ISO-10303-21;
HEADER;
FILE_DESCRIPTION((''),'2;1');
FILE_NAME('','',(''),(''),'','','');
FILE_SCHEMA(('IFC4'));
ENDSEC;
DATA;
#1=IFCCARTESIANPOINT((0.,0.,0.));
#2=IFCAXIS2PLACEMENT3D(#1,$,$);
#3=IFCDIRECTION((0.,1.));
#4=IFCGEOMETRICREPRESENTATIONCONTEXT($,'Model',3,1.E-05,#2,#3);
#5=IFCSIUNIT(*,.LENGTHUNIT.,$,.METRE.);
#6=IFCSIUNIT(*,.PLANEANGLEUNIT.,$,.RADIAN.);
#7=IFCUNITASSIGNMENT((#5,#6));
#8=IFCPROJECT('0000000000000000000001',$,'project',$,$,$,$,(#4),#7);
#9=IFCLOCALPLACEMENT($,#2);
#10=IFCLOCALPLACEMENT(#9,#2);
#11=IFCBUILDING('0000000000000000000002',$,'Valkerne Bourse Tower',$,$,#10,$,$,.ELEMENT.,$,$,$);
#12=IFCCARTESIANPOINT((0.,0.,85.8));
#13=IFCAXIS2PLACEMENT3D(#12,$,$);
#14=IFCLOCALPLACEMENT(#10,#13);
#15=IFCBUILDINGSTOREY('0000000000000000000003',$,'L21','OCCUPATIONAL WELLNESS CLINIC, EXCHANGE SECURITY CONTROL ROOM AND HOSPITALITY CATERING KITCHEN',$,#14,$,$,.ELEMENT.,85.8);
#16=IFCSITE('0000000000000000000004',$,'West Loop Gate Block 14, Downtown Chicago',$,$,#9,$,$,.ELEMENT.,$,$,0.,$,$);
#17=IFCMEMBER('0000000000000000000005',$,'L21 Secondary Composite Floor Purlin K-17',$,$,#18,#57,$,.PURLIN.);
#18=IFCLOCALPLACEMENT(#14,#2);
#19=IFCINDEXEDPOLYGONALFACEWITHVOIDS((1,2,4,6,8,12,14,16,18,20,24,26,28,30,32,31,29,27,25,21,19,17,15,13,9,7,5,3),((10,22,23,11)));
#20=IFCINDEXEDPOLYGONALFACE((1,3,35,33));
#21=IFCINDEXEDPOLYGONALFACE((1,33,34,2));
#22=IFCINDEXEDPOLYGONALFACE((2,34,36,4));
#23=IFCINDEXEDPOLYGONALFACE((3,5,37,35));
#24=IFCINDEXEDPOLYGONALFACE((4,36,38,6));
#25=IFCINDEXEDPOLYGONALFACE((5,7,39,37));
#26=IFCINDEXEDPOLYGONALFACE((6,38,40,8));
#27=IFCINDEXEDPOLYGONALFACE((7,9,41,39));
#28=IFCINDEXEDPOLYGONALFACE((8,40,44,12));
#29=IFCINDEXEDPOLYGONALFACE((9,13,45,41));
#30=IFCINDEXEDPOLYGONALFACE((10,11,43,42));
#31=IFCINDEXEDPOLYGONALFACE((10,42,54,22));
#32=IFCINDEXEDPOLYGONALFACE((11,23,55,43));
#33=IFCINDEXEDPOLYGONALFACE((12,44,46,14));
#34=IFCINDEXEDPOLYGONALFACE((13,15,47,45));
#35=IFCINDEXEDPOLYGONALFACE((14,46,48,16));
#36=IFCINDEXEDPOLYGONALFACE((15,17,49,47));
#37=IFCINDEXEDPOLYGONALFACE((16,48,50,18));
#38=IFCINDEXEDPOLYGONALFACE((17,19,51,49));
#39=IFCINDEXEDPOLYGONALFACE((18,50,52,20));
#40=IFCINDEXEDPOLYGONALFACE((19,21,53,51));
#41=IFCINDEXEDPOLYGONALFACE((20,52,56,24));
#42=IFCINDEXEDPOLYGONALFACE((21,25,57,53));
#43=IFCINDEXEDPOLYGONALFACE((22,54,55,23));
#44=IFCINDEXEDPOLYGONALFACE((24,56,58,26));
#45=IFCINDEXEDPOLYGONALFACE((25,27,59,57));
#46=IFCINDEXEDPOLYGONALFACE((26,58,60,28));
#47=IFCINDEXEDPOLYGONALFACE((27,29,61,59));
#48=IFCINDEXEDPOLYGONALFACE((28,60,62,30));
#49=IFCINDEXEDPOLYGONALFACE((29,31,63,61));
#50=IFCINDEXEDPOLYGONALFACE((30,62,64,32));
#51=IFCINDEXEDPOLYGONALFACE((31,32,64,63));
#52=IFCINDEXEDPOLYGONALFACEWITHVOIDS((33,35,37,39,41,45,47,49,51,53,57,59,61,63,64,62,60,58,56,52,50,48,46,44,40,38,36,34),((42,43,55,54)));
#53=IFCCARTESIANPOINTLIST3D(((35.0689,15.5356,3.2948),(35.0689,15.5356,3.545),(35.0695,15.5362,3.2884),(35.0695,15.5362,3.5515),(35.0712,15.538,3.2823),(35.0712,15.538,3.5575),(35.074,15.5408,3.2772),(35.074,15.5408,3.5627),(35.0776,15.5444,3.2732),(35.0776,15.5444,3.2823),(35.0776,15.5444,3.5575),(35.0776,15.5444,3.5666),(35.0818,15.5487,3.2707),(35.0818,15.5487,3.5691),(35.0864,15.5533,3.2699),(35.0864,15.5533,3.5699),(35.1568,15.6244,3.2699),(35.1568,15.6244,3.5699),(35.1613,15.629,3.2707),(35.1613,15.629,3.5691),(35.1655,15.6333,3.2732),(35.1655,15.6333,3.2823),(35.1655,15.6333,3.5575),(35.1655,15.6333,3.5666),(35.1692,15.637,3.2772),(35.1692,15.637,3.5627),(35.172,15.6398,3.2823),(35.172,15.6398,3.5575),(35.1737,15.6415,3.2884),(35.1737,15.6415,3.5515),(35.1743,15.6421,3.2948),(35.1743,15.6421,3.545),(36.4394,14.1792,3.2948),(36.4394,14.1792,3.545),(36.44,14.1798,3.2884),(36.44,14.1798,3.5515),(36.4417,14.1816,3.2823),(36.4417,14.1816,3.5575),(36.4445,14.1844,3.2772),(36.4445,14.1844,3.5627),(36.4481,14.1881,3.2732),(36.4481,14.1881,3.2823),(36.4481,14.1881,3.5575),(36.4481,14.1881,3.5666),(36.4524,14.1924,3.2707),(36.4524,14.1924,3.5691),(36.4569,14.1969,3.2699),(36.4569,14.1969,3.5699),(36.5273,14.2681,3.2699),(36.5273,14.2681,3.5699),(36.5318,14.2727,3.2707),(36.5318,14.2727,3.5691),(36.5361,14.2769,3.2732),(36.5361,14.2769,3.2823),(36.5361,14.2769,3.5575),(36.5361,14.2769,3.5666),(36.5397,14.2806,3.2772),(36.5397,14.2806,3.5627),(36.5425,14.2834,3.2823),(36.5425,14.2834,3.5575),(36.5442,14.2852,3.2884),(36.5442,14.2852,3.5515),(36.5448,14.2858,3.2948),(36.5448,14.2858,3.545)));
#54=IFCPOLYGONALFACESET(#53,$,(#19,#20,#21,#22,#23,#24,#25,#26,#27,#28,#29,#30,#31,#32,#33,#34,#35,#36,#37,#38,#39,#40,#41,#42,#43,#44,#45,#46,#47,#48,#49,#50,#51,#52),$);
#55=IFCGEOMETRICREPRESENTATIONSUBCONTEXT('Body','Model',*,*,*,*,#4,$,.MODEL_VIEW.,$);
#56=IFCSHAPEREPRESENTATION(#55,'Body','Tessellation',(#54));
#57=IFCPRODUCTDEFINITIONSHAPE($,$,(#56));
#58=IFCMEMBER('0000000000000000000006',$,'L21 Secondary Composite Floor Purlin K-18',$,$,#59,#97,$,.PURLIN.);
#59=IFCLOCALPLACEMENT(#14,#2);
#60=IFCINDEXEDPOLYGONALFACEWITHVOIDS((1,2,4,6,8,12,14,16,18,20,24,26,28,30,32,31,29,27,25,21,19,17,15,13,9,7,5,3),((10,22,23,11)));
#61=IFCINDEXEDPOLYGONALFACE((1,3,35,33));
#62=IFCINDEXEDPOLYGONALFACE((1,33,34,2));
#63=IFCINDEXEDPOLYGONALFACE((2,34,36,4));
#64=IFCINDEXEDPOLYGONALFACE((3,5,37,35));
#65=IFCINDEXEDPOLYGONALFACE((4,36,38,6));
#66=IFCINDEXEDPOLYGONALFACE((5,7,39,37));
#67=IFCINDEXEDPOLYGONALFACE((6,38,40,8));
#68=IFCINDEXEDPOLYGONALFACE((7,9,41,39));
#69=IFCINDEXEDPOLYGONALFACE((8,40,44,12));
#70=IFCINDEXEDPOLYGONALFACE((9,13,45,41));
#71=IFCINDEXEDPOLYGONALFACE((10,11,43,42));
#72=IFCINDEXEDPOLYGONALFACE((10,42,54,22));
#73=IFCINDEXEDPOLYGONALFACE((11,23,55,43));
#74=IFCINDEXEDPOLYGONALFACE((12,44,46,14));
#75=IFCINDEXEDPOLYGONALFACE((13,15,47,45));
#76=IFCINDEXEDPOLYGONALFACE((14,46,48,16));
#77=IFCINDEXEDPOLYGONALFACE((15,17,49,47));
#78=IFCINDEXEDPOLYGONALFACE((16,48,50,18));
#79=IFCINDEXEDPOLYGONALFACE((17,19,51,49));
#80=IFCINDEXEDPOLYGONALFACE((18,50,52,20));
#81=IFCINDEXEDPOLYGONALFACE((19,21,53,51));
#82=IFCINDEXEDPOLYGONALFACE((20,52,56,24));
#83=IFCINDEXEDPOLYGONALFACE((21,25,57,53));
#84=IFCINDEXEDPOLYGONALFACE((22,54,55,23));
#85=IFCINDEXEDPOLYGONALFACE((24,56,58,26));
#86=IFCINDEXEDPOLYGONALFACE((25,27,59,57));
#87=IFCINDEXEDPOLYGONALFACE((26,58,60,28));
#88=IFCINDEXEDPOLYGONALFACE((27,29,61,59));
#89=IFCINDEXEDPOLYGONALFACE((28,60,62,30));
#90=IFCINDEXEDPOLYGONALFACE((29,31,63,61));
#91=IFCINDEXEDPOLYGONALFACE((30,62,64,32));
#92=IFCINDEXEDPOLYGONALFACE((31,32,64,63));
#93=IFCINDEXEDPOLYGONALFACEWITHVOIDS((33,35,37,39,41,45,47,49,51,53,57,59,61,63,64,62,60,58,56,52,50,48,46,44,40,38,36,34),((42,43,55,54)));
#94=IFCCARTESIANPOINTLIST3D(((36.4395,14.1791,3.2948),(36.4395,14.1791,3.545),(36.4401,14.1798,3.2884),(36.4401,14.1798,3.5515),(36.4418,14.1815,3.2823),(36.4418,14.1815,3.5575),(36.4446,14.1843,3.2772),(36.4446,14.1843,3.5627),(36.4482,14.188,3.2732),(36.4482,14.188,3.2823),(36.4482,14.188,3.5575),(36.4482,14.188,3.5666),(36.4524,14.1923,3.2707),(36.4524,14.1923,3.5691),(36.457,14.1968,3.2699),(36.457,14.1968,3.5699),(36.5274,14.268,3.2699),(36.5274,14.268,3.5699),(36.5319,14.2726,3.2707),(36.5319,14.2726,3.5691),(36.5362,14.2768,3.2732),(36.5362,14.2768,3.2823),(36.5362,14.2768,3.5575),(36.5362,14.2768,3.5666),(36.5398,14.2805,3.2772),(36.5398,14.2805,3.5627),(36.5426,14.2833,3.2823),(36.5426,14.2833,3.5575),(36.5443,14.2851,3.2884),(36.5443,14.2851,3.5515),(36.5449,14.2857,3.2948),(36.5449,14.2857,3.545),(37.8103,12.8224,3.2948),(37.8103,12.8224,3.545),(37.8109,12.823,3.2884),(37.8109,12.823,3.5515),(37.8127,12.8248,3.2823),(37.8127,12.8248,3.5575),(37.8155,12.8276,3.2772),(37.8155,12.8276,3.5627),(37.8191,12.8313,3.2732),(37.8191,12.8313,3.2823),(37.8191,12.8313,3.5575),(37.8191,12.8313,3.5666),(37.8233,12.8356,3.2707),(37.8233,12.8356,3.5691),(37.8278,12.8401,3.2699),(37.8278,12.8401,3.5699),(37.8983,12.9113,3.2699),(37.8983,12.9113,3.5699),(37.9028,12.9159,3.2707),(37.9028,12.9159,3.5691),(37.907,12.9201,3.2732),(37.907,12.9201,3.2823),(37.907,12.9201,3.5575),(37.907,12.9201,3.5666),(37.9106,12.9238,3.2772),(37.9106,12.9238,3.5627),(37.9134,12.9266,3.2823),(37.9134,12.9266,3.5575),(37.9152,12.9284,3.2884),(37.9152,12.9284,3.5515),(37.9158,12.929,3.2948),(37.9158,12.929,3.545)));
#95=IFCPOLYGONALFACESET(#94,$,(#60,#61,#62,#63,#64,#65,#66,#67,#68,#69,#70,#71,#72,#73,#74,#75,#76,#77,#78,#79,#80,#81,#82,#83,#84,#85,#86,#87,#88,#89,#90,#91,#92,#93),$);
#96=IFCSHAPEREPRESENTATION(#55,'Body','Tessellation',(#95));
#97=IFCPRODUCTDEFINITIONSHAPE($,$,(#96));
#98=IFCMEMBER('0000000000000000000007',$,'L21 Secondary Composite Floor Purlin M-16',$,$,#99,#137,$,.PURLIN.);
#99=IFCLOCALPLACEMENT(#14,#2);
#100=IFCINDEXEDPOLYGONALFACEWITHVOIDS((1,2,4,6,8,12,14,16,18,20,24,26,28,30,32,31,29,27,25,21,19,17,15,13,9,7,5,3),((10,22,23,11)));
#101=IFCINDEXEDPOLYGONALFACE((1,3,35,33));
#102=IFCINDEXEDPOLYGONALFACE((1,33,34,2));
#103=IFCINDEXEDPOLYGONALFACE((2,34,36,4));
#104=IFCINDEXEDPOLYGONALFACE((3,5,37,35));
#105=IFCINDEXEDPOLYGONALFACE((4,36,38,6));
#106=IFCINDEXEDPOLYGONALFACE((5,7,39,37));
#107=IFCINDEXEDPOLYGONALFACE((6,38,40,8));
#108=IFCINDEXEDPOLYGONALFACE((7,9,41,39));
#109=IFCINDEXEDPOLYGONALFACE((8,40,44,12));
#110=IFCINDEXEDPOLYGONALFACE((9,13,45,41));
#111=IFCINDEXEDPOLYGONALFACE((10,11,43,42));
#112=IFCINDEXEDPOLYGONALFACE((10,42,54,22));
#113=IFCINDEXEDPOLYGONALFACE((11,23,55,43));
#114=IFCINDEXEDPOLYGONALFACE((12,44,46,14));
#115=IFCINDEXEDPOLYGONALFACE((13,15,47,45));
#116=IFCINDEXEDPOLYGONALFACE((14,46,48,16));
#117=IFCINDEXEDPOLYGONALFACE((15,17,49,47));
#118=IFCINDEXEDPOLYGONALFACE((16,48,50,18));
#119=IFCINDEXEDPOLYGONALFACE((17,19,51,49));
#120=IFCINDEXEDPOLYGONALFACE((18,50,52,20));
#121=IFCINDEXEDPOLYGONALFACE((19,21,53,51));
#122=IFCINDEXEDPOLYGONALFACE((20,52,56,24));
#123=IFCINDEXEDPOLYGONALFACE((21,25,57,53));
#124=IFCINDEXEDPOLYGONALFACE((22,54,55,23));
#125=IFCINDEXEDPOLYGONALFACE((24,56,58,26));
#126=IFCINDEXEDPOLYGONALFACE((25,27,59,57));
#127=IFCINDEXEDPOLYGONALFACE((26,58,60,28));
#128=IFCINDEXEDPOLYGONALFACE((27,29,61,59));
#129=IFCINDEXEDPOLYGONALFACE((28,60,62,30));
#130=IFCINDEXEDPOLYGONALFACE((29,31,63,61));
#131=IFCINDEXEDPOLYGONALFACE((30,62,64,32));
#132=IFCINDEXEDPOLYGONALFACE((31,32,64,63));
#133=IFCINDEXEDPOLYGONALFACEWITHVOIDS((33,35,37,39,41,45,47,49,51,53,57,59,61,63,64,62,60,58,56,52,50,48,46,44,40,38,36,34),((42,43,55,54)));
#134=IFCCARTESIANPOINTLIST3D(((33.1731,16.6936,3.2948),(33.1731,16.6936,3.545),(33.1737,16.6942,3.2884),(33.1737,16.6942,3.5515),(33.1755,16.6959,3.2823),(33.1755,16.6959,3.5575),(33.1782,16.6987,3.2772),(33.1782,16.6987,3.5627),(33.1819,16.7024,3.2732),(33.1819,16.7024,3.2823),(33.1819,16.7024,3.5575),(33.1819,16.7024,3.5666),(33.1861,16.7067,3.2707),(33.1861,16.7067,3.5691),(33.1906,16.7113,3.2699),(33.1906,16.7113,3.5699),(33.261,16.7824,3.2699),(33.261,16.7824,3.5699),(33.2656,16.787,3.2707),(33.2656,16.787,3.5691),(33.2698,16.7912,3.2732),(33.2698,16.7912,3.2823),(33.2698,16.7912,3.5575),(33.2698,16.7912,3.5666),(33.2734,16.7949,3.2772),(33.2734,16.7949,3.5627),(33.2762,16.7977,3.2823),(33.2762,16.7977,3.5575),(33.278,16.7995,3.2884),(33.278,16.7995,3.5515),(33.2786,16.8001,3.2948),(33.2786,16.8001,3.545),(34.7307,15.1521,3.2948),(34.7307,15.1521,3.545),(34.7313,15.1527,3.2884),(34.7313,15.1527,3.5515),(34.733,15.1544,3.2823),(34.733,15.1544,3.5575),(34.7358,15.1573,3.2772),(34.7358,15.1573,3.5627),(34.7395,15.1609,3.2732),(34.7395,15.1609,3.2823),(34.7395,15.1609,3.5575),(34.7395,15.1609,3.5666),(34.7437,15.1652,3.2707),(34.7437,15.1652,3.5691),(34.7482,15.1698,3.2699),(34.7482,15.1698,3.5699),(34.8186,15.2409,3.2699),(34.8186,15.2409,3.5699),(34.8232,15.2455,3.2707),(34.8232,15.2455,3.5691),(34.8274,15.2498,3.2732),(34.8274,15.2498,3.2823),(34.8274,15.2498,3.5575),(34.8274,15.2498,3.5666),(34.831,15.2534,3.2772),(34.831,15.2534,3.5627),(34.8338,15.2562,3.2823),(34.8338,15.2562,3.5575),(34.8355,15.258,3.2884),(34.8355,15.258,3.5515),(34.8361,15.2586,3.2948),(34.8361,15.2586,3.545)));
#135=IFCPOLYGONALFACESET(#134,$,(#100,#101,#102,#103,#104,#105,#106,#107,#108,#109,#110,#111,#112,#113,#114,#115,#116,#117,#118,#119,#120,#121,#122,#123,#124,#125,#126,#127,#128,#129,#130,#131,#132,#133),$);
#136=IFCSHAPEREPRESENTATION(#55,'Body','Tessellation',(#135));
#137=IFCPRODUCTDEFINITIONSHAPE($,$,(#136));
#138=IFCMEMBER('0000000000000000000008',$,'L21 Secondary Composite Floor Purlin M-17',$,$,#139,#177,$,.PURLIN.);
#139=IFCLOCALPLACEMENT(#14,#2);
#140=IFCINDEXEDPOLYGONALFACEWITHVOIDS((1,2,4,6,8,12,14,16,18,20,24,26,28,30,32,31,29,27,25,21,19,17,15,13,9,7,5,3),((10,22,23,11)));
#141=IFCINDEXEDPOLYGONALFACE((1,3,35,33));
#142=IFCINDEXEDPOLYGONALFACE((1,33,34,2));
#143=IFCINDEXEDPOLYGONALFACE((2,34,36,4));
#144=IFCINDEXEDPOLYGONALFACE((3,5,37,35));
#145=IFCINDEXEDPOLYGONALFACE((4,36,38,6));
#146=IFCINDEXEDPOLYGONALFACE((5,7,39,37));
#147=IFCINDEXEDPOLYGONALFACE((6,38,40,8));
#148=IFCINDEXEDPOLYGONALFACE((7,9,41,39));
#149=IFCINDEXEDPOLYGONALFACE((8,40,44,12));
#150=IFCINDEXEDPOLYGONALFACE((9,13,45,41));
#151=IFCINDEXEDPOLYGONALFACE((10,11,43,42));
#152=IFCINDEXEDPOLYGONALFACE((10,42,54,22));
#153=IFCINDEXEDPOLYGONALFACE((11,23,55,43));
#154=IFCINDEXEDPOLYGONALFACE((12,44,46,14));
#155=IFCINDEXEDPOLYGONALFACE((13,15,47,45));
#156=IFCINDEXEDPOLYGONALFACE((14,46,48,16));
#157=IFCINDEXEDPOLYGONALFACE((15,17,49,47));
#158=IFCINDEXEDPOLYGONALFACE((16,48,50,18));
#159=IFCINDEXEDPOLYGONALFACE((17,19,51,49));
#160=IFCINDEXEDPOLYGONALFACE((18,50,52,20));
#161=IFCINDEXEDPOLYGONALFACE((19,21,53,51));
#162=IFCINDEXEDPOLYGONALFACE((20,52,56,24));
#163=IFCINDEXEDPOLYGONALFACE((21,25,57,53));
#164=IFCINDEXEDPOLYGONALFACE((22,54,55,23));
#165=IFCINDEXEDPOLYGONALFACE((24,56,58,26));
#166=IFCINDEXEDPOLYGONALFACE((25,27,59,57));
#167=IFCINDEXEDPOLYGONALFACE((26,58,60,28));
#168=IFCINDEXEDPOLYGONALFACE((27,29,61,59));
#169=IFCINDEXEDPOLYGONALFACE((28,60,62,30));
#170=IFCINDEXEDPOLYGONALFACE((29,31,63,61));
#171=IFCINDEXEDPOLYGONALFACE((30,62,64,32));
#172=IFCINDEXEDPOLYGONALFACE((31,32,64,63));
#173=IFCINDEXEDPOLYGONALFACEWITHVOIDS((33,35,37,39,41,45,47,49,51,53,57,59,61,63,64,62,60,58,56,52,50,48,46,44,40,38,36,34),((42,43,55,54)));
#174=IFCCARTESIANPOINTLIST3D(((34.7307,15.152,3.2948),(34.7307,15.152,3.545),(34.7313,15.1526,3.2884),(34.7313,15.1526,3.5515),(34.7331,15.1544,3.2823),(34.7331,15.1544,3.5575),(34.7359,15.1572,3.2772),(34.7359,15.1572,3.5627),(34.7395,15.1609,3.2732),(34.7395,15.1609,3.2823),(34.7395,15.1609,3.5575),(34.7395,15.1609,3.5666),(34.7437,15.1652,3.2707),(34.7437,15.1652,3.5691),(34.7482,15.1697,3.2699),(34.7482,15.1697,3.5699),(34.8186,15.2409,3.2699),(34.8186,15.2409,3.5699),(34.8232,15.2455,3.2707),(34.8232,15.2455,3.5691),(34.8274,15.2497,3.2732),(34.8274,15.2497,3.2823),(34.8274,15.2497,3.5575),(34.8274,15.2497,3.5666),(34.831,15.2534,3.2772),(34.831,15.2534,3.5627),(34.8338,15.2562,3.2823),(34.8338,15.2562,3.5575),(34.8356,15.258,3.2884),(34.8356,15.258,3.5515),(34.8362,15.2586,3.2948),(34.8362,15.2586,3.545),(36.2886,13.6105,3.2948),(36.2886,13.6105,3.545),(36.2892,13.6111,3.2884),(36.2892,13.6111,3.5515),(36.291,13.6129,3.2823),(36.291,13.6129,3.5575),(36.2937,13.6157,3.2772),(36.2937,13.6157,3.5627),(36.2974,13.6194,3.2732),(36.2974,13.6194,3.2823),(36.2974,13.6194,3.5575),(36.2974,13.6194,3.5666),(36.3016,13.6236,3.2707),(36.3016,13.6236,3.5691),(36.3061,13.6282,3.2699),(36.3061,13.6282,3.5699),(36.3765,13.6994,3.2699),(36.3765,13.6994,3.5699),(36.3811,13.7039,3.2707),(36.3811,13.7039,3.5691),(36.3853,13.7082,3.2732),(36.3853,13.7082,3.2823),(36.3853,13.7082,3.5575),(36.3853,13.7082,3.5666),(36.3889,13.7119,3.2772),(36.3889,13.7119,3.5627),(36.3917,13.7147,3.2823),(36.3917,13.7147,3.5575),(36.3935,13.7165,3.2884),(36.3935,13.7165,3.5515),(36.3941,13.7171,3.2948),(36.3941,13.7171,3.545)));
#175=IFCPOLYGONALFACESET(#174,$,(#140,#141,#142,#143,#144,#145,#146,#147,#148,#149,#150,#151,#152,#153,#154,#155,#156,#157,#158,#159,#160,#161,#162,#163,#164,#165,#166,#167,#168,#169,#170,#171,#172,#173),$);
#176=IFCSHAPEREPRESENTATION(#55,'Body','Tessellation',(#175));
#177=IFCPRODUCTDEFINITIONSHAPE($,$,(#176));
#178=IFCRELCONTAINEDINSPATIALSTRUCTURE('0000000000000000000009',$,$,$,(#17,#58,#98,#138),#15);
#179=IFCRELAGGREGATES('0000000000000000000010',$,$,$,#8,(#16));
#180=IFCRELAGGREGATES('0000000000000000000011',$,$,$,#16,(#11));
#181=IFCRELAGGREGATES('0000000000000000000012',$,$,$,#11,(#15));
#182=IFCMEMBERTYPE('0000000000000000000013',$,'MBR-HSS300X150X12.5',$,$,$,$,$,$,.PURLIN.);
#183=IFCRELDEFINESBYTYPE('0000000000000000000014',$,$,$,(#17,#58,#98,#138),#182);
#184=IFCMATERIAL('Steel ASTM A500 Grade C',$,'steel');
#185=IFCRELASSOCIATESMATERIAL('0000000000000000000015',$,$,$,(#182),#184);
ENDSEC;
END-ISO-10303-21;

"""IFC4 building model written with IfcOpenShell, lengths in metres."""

from ifc_helpers import new_model, si_unit, direction, frame, origin, origin_2d, place, context, subcontext, project, spatial, hollow_rectangle, extrude, material, material_profile, profile_set, type_object, element, save


model = new_model("IFC4")

# Units and contexts
model_context = context("Model", 3, precision=1e-05, world=origin(), true_north=direction((0.0, 1.0)))
body_context = subcontext(model_context, "Body", "Model", "MODEL_VIEW")
ifc_project = project(units=[si_unit("LENGTHUNIT", "METRE"), si_unit("PLANEANGLEUNIT", "RADIAN")], contexts=[model_context])

# Site, building, storey
site_placement = place(None, origin())
site = spatial("IfcSite", under=ifc_project, at=site_placement, Name="West Loop Gate Block 14, Downtown Chicago", CompositionType="ELEMENT", RefElevation=0.0)
building_placement = place(site_placement, origin())
building = spatial("IfcBuilding", under=site, at=building_placement, Name="Valkerne Bourse Tower", CompositionType="ELEMENT")
storey_placement = place(building_placement, frame((0.0, 0.0, 85.8)))
storey = spatial("IfcBuildingStorey", under=building, at=storey_placement, Name="L21", Description="OCCUPATIONAL WELLNESS CLINIC, EXCHANGE SECURITY CONTROL ROOM AND HOSPITALITY CATERING KITCHEN", CompositionType="ELEMENT", Elevation=85.8)

# Members
ifc_material_1 = material(Name="Steel ASTM A500 Grade C", Category="steel")
ifc_material_profile_1 = material_profile(ifc_material_1, hollow_rectangle(XDim=0.1499, YDim=0.3, WallThickness=0.0125, OuterFilletRadius=0.0249, at=origin_2d()), Name="HSS300X150X12.5")
ifc_profile_set_1 = profile_set([ifc_material_profile_1], Name="Steel ASTM A500 Grade C")
member_type_1 = type_object("IfcMemberType", Name="MBR-HSS300X150X12.5", PredefinedType="PURLIN", material=ifc_profile_set_1)
member_1_placement = place(storey_placement, frame((35.1216, 15.5889, 3.4199), z_axis=(0.710769, -0.703426, 0.0), x_axis=(0.703426, 0.710769, 0.0)))
element("IfcMember", 1, at=member_1_placement, inside=storey, type_object=member_type_1, Name="L21 Secondary Composite Floor Purlin K-17", PredefinedType="PURLIN", context=body_context, shape_type="SweptSolid", body=[
    extrude(hollow_rectangle(XDim=0.1499, YDim=0.3, WallThickness=0.0125, OuterFilletRadius=0.0249, at=origin_2d()), origin(), (0.0, 0.0, 1.0), 1.9282),
])
member_2_placement = place(storey_placement, frame((36.4922, 14.2324, 3.4199), z_axis=(0.710768, -0.703426, 0.0), x_axis=(0.703426, 0.710768, 0.0)))
element("IfcMember", 2, at=member_2_placement, inside=storey, type_object=member_type_1, Name="L21 Secondary Composite Floor Purlin K-18", PredefinedType="PURLIN", context=body_context, shape_type="SweptSolid", body=[
    extrude(hollow_rectangle(XDim=0.1499, YDim=0.3, WallThickness=0.0125, OuterFilletRadius=0.0249, at=origin_2d()), origin(), (0.0, 0.0, 1.0), 1.9287),
])
member_3_placement = place(storey_placement, frame((33.2258, 16.7468, 3.4199), z_axis=(0.710774, -0.703421, 0.0), x_axis=(0.703421, 0.710774, 0.0)))
element("IfcMember", 3, at=member_3_placement, inside=storey, type_object=member_type_1, Name="L21 Secondary Composite Floor Purlin M-16", PredefinedType="PURLIN", context=body_context, shape_type="SweptSolid", body=[
    extrude(hollow_rectangle(XDim=0.1499, YDim=0.3, WallThickness=0.0125, OuterFilletRadius=0.0249, at=origin_2d()), origin(), (0.0, 0.0, 1.0), 2.1914),
])
member_4_placement = place(storey_placement, frame((34.7834, 15.2053, 3.4199), z_axis=(0.710829, -0.703365, 0.0), x_axis=(0.703365, 0.710829, 0.0)))
element("IfcMember", 4, at=member_4_placement, inside=storey, type_object=member_type_1, Name="L21 Secondary Composite Floor Purlin M-17", PredefinedType="PURLIN", context=body_context, shape_type="SweptSolid", body=[
    extrude(hollow_rectangle(XDim=0.1499, YDim=0.3, WallThickness=0.0125, OuterFilletRadius=0.0249, at=origin_2d()), origin(), (0.0, 0.0, 1.0), 2.1917),
])

save(model, "model.ifc")
